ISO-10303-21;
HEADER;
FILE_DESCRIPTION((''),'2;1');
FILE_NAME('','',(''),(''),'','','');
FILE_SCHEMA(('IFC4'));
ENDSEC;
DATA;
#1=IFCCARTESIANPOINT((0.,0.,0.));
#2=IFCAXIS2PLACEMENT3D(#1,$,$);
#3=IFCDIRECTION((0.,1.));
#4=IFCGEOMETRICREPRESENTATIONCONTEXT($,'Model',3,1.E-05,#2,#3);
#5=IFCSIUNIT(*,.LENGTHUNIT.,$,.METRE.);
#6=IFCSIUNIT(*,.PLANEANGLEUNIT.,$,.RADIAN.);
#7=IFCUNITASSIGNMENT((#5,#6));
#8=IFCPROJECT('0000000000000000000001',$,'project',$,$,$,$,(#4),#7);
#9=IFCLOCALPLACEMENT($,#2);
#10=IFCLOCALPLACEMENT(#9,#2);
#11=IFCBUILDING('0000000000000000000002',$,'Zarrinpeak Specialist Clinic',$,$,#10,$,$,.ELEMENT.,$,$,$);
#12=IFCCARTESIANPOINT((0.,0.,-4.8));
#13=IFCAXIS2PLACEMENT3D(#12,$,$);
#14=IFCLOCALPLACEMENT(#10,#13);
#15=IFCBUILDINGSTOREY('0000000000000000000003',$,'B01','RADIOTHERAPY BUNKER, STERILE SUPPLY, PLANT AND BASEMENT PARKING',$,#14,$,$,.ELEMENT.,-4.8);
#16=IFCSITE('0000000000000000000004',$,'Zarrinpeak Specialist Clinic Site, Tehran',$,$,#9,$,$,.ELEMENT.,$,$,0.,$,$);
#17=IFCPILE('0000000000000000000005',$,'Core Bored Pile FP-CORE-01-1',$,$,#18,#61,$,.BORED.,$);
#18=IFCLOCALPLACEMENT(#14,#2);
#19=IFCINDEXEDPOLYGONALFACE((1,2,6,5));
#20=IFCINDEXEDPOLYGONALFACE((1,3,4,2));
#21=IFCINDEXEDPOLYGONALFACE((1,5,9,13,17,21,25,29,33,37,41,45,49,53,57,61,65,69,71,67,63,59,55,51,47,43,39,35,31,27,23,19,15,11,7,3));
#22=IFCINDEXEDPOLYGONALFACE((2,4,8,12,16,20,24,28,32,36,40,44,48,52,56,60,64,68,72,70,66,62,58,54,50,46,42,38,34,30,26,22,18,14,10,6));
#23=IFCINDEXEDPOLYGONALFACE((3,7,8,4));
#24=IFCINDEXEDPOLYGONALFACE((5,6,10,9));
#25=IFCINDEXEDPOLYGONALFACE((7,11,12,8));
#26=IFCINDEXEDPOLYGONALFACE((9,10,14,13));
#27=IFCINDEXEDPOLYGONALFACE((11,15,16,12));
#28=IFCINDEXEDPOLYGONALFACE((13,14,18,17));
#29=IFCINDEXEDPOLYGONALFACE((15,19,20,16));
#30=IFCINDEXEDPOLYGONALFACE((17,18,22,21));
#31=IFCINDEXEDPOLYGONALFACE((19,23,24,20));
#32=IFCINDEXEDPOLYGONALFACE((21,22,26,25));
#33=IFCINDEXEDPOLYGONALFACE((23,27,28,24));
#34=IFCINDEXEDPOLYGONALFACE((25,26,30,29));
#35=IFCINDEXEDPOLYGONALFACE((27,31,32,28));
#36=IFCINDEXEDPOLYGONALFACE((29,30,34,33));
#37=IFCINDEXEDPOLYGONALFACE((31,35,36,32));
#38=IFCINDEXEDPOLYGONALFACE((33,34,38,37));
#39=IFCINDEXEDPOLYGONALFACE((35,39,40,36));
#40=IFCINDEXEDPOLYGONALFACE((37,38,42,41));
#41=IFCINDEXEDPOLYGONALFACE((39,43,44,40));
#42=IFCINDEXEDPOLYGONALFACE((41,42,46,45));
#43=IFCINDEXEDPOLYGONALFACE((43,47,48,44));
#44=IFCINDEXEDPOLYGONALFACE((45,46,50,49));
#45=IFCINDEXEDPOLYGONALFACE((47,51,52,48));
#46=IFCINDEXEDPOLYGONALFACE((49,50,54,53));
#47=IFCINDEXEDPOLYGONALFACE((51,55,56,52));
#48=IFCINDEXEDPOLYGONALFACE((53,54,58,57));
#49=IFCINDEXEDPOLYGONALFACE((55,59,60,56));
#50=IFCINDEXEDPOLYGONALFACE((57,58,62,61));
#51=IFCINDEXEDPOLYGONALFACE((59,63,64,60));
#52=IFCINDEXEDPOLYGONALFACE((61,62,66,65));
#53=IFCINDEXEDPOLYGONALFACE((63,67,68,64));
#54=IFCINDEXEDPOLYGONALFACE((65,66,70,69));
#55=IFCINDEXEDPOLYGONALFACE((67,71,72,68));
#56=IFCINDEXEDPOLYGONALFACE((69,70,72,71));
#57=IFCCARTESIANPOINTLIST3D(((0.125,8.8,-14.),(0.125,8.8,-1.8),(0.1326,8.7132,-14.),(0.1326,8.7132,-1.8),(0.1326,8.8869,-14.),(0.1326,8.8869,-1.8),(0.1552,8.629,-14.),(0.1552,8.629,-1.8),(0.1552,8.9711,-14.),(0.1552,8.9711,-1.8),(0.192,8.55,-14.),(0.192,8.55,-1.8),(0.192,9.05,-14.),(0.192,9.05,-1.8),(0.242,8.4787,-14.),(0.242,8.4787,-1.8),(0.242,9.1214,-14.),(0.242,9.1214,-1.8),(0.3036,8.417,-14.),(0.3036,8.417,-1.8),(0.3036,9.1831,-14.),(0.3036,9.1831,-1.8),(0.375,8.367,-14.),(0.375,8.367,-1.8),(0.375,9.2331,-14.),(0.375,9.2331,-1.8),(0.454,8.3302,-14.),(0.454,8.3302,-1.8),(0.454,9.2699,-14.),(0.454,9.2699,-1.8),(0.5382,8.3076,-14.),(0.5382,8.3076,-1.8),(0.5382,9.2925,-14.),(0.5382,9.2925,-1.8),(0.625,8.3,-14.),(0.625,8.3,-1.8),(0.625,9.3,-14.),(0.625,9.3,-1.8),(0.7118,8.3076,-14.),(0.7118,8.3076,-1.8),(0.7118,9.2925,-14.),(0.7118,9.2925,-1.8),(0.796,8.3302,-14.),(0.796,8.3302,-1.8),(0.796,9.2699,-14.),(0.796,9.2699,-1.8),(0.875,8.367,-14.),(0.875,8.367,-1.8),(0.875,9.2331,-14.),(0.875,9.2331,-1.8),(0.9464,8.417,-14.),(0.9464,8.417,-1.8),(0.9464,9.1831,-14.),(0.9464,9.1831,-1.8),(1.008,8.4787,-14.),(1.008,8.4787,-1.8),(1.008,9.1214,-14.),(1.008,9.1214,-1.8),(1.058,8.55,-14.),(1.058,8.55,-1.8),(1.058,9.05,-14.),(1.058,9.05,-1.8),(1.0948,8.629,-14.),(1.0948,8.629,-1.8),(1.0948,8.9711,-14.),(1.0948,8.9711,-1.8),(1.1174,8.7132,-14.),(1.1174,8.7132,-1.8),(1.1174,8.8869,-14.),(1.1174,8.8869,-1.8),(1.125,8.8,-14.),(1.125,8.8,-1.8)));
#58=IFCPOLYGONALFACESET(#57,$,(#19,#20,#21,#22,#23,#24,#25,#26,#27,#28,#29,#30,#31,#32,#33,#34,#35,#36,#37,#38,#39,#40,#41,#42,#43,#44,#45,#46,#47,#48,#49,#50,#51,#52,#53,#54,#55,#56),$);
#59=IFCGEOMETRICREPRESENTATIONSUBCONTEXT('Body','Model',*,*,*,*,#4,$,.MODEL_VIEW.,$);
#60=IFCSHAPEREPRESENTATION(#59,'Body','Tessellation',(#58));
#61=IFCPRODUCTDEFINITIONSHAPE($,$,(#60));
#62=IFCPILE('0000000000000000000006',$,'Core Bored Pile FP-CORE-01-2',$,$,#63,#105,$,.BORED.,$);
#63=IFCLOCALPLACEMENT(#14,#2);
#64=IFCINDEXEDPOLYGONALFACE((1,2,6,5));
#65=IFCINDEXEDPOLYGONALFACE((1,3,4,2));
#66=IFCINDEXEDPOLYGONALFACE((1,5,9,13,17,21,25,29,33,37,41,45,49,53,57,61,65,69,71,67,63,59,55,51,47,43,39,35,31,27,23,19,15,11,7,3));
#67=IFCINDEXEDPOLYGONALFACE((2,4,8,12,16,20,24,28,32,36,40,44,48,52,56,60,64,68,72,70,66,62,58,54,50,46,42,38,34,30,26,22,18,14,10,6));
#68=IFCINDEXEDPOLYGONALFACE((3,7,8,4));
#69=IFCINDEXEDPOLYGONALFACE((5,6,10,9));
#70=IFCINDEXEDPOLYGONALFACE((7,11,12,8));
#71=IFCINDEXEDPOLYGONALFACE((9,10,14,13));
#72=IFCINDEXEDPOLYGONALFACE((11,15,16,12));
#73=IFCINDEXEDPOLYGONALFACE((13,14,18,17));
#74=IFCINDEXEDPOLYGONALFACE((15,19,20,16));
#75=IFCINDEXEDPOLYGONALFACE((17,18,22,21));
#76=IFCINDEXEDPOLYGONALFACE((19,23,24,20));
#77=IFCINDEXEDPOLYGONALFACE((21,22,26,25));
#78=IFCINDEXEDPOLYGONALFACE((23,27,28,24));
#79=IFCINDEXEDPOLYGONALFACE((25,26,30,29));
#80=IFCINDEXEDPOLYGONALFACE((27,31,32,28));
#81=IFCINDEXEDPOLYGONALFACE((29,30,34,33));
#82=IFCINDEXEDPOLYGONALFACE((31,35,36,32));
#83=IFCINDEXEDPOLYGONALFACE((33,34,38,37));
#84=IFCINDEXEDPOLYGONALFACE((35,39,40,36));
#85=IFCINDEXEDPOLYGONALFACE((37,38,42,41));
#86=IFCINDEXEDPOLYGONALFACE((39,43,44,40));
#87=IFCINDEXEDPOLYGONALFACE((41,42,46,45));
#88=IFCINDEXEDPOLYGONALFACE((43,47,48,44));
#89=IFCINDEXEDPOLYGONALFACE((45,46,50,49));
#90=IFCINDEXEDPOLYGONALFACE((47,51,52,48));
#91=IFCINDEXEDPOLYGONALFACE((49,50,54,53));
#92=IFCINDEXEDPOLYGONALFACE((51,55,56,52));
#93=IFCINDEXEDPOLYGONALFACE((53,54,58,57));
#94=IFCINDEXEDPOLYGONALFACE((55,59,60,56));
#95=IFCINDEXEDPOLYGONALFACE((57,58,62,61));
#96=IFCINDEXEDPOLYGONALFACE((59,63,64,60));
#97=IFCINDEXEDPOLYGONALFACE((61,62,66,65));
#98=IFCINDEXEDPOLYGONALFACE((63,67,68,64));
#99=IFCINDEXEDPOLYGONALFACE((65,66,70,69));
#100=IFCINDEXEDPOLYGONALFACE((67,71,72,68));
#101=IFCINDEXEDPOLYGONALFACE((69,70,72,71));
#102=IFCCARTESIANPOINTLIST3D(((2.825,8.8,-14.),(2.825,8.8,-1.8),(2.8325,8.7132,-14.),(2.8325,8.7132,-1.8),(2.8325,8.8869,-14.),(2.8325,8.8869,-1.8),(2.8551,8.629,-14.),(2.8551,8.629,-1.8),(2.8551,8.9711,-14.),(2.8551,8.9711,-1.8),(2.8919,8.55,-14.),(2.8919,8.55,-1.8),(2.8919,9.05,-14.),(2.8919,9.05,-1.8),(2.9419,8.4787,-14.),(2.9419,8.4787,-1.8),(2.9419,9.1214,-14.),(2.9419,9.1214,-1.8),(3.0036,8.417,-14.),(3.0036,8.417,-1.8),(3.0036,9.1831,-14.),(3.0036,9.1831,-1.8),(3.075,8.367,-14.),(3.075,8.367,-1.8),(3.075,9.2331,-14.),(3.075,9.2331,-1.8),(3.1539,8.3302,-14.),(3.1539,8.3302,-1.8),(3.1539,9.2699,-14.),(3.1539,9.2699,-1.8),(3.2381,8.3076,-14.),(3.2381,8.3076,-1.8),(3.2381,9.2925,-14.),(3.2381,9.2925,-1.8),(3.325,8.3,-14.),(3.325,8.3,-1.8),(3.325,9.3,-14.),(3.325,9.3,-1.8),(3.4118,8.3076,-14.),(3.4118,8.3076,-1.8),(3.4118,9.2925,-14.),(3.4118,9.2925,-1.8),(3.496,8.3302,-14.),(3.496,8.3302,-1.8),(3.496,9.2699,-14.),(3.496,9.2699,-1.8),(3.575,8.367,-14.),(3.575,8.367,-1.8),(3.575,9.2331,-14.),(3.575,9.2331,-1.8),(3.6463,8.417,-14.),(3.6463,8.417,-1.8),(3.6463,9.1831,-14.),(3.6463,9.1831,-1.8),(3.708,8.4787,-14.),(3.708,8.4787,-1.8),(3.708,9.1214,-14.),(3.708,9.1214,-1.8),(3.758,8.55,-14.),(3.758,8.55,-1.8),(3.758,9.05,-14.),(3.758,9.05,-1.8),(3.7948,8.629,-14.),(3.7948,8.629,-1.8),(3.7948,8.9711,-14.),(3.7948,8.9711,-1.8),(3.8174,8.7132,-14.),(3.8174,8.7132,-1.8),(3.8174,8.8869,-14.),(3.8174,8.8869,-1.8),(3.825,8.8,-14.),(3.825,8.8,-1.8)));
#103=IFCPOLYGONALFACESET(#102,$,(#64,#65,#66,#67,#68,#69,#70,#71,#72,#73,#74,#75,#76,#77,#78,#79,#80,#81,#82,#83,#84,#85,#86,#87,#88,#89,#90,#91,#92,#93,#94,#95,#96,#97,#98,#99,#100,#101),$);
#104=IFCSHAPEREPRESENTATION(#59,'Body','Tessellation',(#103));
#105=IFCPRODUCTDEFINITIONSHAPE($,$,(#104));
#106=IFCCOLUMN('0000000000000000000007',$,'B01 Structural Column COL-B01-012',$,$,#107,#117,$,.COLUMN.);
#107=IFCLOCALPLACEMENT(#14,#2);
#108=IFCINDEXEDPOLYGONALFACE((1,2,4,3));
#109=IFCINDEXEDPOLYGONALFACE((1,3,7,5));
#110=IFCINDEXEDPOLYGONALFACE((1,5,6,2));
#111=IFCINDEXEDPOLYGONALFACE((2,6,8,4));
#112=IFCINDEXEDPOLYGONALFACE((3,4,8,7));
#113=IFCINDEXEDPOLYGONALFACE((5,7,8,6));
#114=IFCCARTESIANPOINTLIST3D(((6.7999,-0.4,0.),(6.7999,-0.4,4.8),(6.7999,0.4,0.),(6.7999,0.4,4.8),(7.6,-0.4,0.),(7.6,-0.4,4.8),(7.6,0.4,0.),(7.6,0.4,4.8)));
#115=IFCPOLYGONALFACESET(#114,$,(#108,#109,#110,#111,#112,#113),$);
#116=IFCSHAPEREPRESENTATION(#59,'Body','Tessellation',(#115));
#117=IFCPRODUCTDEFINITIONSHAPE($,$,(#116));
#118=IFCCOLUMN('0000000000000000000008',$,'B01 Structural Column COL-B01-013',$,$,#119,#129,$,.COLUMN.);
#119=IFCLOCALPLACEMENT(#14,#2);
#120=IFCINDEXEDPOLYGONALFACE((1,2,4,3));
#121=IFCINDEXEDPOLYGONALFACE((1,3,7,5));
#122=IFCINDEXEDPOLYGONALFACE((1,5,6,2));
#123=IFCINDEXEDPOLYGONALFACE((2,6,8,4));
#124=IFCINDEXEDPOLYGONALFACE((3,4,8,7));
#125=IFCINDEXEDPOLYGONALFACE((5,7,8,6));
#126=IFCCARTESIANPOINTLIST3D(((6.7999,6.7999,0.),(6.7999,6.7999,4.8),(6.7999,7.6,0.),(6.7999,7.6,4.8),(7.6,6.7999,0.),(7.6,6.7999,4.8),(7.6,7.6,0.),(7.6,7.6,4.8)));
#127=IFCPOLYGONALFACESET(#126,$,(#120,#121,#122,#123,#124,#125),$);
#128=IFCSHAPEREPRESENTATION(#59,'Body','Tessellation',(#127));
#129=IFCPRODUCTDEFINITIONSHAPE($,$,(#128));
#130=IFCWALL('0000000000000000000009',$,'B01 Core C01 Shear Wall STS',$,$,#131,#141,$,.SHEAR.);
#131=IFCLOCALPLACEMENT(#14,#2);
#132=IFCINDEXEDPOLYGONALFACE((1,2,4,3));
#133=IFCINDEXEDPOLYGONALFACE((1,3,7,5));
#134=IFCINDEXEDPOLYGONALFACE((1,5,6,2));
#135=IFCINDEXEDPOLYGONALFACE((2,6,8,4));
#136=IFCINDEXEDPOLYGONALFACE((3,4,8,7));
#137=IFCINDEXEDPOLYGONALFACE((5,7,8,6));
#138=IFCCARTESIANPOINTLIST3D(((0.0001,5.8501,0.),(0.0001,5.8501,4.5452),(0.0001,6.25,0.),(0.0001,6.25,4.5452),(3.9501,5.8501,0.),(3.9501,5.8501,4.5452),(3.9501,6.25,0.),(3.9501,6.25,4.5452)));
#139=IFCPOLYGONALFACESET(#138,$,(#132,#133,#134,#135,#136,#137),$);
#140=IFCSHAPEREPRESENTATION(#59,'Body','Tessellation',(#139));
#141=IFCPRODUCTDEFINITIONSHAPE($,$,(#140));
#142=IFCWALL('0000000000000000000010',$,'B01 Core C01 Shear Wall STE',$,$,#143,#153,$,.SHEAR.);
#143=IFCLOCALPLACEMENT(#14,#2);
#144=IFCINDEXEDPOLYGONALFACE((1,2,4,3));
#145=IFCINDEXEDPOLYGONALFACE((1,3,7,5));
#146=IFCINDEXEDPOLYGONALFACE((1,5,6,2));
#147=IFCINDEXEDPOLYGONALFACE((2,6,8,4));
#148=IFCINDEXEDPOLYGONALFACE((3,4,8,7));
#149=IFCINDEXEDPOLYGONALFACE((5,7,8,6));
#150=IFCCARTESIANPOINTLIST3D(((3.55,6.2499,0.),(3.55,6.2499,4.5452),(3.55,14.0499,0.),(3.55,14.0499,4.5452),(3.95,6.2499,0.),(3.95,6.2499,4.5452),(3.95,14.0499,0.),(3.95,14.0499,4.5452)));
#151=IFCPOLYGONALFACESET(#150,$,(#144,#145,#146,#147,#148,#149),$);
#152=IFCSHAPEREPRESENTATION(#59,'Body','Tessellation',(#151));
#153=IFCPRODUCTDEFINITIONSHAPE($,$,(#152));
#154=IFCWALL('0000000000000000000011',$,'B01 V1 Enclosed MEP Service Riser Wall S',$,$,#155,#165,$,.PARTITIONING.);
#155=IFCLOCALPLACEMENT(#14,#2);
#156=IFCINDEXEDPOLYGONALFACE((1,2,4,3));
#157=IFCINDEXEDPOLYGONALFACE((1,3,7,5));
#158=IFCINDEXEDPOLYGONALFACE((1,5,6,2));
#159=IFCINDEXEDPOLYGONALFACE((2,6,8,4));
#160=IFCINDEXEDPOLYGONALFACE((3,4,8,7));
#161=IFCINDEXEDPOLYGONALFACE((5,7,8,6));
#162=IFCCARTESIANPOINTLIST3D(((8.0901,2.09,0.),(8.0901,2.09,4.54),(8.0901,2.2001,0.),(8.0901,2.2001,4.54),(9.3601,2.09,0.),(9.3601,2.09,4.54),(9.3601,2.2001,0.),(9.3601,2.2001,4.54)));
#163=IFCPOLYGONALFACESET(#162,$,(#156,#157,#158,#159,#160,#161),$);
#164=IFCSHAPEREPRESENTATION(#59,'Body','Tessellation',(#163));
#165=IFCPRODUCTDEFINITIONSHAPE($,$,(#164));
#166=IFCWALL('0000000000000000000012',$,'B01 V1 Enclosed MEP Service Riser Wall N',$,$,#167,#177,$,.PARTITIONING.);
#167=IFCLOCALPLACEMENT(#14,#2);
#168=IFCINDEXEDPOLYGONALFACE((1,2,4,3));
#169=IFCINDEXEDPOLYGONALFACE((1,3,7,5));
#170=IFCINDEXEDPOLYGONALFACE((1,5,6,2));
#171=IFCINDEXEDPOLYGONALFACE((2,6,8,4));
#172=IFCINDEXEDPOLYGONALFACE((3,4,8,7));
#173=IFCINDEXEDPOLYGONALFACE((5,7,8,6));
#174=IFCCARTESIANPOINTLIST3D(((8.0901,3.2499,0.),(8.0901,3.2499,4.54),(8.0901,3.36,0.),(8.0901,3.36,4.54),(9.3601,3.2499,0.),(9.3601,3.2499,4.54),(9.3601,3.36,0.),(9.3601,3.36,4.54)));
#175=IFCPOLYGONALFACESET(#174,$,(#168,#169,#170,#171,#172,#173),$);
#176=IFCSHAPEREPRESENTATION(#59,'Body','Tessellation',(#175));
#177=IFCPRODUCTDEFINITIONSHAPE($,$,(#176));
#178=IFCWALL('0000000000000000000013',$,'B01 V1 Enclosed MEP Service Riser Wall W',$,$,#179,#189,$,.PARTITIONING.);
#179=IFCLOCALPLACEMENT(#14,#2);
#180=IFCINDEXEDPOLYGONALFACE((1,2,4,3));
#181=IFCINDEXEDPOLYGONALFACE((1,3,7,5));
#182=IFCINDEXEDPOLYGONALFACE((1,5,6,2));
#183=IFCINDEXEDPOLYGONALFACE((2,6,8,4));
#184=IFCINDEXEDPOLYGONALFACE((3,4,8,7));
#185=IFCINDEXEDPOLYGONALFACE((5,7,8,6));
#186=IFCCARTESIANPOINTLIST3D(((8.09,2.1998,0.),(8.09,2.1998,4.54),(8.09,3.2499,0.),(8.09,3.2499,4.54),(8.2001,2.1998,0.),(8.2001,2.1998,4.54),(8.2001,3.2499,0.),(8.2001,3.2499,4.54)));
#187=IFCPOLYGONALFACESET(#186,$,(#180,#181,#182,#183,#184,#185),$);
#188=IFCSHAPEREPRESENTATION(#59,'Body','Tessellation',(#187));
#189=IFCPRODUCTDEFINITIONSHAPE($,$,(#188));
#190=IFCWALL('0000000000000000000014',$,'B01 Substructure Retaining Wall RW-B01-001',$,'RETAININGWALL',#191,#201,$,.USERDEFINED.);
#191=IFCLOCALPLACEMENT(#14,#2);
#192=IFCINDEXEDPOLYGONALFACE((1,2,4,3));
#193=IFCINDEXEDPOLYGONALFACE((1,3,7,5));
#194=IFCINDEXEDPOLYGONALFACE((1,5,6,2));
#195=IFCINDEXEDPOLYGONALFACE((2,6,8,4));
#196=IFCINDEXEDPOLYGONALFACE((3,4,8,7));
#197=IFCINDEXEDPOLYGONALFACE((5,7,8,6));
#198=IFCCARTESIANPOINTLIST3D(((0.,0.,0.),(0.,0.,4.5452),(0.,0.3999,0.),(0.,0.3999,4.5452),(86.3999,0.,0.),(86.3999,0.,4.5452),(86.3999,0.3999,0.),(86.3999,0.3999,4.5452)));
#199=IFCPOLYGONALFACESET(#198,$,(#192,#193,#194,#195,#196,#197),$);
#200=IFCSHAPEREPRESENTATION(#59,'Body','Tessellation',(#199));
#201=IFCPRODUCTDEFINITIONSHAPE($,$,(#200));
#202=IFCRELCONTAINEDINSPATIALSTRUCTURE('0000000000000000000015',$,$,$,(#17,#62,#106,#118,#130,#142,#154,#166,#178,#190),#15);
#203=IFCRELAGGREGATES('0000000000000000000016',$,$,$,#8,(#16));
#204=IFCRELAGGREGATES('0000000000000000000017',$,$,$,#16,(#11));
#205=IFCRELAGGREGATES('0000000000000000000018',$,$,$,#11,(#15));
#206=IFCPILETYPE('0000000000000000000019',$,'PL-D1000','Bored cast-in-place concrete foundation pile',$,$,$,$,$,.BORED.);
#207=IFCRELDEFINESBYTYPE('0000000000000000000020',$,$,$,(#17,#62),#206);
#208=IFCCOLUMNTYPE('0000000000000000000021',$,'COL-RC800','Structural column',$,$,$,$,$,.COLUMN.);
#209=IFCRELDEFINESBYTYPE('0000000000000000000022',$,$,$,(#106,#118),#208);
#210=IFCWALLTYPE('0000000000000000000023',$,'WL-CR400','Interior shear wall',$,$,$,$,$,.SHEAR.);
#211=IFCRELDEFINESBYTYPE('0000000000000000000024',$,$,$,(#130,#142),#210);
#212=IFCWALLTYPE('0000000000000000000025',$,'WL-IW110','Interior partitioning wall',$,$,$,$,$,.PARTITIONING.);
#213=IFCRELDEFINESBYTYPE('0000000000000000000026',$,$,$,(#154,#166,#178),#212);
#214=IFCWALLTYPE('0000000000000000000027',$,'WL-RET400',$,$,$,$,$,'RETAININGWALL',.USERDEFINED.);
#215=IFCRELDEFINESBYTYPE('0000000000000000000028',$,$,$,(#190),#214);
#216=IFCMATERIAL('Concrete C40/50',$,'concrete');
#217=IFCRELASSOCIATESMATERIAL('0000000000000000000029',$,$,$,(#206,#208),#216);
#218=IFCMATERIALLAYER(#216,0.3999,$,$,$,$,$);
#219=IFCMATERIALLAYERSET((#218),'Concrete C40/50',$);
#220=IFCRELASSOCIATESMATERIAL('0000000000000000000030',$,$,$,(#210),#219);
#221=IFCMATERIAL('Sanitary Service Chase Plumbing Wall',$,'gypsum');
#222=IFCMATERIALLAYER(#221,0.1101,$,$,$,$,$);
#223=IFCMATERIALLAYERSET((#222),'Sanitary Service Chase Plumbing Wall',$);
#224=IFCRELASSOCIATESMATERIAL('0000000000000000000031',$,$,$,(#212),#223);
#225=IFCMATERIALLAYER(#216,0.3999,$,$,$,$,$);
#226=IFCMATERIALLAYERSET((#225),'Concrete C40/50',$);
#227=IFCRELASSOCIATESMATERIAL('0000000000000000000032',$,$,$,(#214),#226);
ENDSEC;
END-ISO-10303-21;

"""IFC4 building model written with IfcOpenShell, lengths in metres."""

from ifc_helpers import new_model, si_unit, direction, frame, frame_2d, origin, origin_2d, place, context, subcontext, project, spatial, rectangle, circle, extrude, material, layer, layer_set, material_profile, profile_set, type_object, element, save


model = new_model("IFC4")

# Units and contexts
model_context = context("Model", 3, precision=1e-05, world=origin(), true_north=direction((0.0, 1.0)))
body_context = subcontext(model_context, "Body", "Model", "MODEL_VIEW")
ifc_project = project(units=[si_unit("LENGTHUNIT", "METRE"), si_unit("PLANEANGLEUNIT", "RADIAN")], contexts=[model_context])

# Site, building, storey
site_placement = place(None, origin())
site = spatial("IfcSite", under=ifc_project, at=site_placement, Name="Zarrinpeak Specialist Clinic Site, Tehran", CompositionType="ELEMENT", RefElevation=0.0)
building_placement = place(site_placement, origin())
building = spatial("IfcBuilding", under=site, at=building_placement, Name="Zarrinpeak Specialist Clinic", CompositionType="ELEMENT")
storey_placement = place(building_placement, frame((0.0, 0.0, -4.8)))
storey = spatial("IfcBuildingStorey", under=building, at=storey_placement, Name="B01", Description="RADIOTHERAPY BUNKER, STERILE SUPPLY, PLANT AND BASEMENT PARKING", CompositionType="ELEMENT", Elevation=-4.8)

# Shared definitions
ifc_material_1 = material(Name="Concrete C40/50", Category="concrete")

# Piles
ifc_material_profile_1 = material_profile(ifc_material_1, circle(Radius=0.5, at=origin_2d()), Name="BORED PILE D1000")
ifc_profile_set_1 = profile_set([ifc_material_profile_1], Name="Concrete C40/50")
pile_type = type_object("IfcPileType", Name="PL-D1000", Description="Bored cast-in-place concrete foundation pile", PredefinedType="BORED", material=ifc_profile_set_1)
for number, where, z_axis, x_axis, name in (
    (1, (0.625, 8.8, -1.8), (0.0, 0.0, -1.0), (1.0, 0.0, 0.0), "Core Bored Pile FP-CORE-01-1"),
    (2, (3.325, 8.8, -1.8), (0.0, 0.0, -1.0), (1.0, 0.0, 0.0), "Core Bored Pile FP-CORE-01-2"),
):
    element("IfcPile", number, at=place(storey_placement, frame(where, z_axis=z_axis, x_axis=x_axis)), inside=storey, type_object=pile_type, Name=name, PredefinedType="BORED", context=body_context, shape_type="SweptSolid", body=[
        extrude(circle(Radius=0.5, at=origin_2d()), origin(), (0.0, 0.0, 1.0), 12.2),
    ])

# Columns
ifc_material_profile_2 = material_profile(ifc_material_1, rectangle(XDim=0.8, YDim=0.8, at=origin_2d()), Name="RC 800x800")
ifc_profile_set_2 = profile_set([ifc_material_profile_2], Name="Concrete C40/50")
column_type = type_object("IfcColumnType", Name="COL-RC800", Description="Structural column", PredefinedType="COLUMN", material=ifc_profile_set_2)
for number, where, z_axis, x_axis, name in (
    (3, (7.2, 0.0, 0.0), (0.0, 0.0, 1.0), (1.0, 0.0, 0.0), "B01 Structural Column COL-B01-012"),
    (4, (7.2, 7.2, 0.0), (0.0, 0.0, 1.0), (1.0, 0.0, 0.0), "B01 Structural Column COL-B01-013"),
):
    element("IfcColumn", number, at=place(storey_placement, frame(where, z_axis=z_axis, x_axis=x_axis)), inside=storey, type_object=column_type, Name=name, PredefinedType="COLUMN", context=body_context, shape_type="SweptSolid", body=[
        extrude(rectangle(XDim=0.8, YDim=0.8, at=origin_2d()), origin(), (0.0, 0.0, 1.0), 4.8),
    ])

# Walls
ifc_layer_1 = layer(ifc_material_1, 0.3999)
ifc_layer_set_1 = layer_set([ifc_layer_1], Name="Concrete C40/50")
wall_type_1 = type_object("IfcWallType", Name="WL-CR400", Description="Interior shear wall", PredefinedType="SHEAR", material=ifc_layer_set_1)
wall_1_placement = place(storey_placement, frame((0.0, 6.05, 0.0), z_axis=(0.0, 0.0, 1.0), x_axis=(1.0, 0.0, 0.0)))
element("IfcWall", 5, at=wall_1_placement, inside=storey, type_object=wall_type_1, Name="B01 Core C01 Shear Wall STS", PredefinedType="SHEAR", context=body_context, shape_type="SweptSolid", body=[
    extrude(rectangle(XDim=3.95, YDim=0.3999, at=frame_2d((1.9751, 0.0))), origin(), (0.0, 0.0, 1.0), 4.5452),
])
wall_2_placement = place(storey_placement, frame((3.75, 6.25, 0.0), z_axis=(0.0, 0.0, 1.0), x_axis=(0.0, 1.0, 0.0)))
element("IfcWall", 6, at=wall_2_placement, inside=storey, type_object=wall_type_1, Name="B01 Core C01 Shear Wall STE", PredefinedType="SHEAR", context=body_context, shape_type="SweptSolid", body=[
    extrude(rectangle(XDim=7.8, YDim=0.3999, at=frame_2d((3.8999, 0.0))), origin(), (0.0, 0.0, 1.0), 4.5452),
])
ifc_material_2 = material(Name="Sanitary Service Chase Plumbing Wall", Category="gypsum")
ifc_layer_2 = layer(ifc_material_2, 0.1101)
ifc_layer_set_2 = layer_set([ifc_layer_2], Name="Sanitary Service Chase Plumbing Wall")
wall_type_2 = type_object("IfcWallType", Name="WL-IW110", Description="Interior partitioning wall", PredefinedType="PARTITIONING", material=ifc_layer_set_2)
for number, where, z_axis, x_axis, name in (
    (7, (8.0901, 2.145, 0.0), (0.0, 0.0, 1.0), (1.0, 0.0, 0.0), "B01 V1 Enclosed MEP Service Riser Wall S"),
    (8, (8.0901, 3.3049, 0.0), (0.0, 0.0, 1.0), (1.0, 0.0, 0.0), "B01 V1 Enclosed MEP Service Riser Wall N"),
):
    element("IfcWall", number, at=place(storey_placement, frame(where, z_axis=z_axis, x_axis=x_axis)), inside=storey, type_object=wall_type_2, Name=name, PredefinedType="PARTITIONING", context=body_context, shape_type="SweptSolid", body=[
        extrude(rectangle(XDim=1.27, YDim=0.1101, at=frame_2d((0.635, 0.0))), origin(), (0.0, 0.0, 1.0), 4.54),
    ])
wall_3_placement = place(storey_placement, frame((8.145, 2.2, 0.0), z_axis=(0.0, 0.0, 1.0), x_axis=(0.0, 1.0, 0.0)))
element("IfcWall", 9, at=wall_3_placement, inside=storey, type_object=wall_type_2, Name="B01 V1 Enclosed MEP Service Riser Wall W", PredefinedType="PARTITIONING", context=body_context, shape_type="SweptSolid", body=[
    extrude(rectangle(XDim=1.05, YDim=0.1101, at=frame_2d((0.5249, 0.0))), origin(), (0.0, 0.0, 1.0), 4.54),
])
ifc_layer_3 = layer(ifc_material_1, 0.3999)
ifc_layer_set_3 = layer_set([ifc_layer_3], Name="Concrete C40/50")
wall_type_3 = type_object("IfcWallType", Name="WL-RET400", ElementType="RETAININGWALL", PredefinedType="USERDEFINED", material=ifc_layer_set_3)
wall_4_placement = place(storey_placement, frame((0.0, 0.2, 0.0), z_axis=(0.0, 0.0, 1.0), x_axis=(1.0, 0.0, 0.0)))
element("IfcWall", 10, at=wall_4_placement, inside=storey, type_object=wall_type_3, Name="B01 Substructure Retaining Wall RW-B01-001", ObjectType="RETAININGWALL", PredefinedType="USERDEFINED", context=body_context, shape_type="SweptSolid", body=[
    extrude(rectangle(XDim=86.3999, YDim=0.3999, at=frame_2d((43.2, 0.0))), origin(), (0.0, 0.0, 1.0), 4.5452),
])

save(model, "model.ifc")
